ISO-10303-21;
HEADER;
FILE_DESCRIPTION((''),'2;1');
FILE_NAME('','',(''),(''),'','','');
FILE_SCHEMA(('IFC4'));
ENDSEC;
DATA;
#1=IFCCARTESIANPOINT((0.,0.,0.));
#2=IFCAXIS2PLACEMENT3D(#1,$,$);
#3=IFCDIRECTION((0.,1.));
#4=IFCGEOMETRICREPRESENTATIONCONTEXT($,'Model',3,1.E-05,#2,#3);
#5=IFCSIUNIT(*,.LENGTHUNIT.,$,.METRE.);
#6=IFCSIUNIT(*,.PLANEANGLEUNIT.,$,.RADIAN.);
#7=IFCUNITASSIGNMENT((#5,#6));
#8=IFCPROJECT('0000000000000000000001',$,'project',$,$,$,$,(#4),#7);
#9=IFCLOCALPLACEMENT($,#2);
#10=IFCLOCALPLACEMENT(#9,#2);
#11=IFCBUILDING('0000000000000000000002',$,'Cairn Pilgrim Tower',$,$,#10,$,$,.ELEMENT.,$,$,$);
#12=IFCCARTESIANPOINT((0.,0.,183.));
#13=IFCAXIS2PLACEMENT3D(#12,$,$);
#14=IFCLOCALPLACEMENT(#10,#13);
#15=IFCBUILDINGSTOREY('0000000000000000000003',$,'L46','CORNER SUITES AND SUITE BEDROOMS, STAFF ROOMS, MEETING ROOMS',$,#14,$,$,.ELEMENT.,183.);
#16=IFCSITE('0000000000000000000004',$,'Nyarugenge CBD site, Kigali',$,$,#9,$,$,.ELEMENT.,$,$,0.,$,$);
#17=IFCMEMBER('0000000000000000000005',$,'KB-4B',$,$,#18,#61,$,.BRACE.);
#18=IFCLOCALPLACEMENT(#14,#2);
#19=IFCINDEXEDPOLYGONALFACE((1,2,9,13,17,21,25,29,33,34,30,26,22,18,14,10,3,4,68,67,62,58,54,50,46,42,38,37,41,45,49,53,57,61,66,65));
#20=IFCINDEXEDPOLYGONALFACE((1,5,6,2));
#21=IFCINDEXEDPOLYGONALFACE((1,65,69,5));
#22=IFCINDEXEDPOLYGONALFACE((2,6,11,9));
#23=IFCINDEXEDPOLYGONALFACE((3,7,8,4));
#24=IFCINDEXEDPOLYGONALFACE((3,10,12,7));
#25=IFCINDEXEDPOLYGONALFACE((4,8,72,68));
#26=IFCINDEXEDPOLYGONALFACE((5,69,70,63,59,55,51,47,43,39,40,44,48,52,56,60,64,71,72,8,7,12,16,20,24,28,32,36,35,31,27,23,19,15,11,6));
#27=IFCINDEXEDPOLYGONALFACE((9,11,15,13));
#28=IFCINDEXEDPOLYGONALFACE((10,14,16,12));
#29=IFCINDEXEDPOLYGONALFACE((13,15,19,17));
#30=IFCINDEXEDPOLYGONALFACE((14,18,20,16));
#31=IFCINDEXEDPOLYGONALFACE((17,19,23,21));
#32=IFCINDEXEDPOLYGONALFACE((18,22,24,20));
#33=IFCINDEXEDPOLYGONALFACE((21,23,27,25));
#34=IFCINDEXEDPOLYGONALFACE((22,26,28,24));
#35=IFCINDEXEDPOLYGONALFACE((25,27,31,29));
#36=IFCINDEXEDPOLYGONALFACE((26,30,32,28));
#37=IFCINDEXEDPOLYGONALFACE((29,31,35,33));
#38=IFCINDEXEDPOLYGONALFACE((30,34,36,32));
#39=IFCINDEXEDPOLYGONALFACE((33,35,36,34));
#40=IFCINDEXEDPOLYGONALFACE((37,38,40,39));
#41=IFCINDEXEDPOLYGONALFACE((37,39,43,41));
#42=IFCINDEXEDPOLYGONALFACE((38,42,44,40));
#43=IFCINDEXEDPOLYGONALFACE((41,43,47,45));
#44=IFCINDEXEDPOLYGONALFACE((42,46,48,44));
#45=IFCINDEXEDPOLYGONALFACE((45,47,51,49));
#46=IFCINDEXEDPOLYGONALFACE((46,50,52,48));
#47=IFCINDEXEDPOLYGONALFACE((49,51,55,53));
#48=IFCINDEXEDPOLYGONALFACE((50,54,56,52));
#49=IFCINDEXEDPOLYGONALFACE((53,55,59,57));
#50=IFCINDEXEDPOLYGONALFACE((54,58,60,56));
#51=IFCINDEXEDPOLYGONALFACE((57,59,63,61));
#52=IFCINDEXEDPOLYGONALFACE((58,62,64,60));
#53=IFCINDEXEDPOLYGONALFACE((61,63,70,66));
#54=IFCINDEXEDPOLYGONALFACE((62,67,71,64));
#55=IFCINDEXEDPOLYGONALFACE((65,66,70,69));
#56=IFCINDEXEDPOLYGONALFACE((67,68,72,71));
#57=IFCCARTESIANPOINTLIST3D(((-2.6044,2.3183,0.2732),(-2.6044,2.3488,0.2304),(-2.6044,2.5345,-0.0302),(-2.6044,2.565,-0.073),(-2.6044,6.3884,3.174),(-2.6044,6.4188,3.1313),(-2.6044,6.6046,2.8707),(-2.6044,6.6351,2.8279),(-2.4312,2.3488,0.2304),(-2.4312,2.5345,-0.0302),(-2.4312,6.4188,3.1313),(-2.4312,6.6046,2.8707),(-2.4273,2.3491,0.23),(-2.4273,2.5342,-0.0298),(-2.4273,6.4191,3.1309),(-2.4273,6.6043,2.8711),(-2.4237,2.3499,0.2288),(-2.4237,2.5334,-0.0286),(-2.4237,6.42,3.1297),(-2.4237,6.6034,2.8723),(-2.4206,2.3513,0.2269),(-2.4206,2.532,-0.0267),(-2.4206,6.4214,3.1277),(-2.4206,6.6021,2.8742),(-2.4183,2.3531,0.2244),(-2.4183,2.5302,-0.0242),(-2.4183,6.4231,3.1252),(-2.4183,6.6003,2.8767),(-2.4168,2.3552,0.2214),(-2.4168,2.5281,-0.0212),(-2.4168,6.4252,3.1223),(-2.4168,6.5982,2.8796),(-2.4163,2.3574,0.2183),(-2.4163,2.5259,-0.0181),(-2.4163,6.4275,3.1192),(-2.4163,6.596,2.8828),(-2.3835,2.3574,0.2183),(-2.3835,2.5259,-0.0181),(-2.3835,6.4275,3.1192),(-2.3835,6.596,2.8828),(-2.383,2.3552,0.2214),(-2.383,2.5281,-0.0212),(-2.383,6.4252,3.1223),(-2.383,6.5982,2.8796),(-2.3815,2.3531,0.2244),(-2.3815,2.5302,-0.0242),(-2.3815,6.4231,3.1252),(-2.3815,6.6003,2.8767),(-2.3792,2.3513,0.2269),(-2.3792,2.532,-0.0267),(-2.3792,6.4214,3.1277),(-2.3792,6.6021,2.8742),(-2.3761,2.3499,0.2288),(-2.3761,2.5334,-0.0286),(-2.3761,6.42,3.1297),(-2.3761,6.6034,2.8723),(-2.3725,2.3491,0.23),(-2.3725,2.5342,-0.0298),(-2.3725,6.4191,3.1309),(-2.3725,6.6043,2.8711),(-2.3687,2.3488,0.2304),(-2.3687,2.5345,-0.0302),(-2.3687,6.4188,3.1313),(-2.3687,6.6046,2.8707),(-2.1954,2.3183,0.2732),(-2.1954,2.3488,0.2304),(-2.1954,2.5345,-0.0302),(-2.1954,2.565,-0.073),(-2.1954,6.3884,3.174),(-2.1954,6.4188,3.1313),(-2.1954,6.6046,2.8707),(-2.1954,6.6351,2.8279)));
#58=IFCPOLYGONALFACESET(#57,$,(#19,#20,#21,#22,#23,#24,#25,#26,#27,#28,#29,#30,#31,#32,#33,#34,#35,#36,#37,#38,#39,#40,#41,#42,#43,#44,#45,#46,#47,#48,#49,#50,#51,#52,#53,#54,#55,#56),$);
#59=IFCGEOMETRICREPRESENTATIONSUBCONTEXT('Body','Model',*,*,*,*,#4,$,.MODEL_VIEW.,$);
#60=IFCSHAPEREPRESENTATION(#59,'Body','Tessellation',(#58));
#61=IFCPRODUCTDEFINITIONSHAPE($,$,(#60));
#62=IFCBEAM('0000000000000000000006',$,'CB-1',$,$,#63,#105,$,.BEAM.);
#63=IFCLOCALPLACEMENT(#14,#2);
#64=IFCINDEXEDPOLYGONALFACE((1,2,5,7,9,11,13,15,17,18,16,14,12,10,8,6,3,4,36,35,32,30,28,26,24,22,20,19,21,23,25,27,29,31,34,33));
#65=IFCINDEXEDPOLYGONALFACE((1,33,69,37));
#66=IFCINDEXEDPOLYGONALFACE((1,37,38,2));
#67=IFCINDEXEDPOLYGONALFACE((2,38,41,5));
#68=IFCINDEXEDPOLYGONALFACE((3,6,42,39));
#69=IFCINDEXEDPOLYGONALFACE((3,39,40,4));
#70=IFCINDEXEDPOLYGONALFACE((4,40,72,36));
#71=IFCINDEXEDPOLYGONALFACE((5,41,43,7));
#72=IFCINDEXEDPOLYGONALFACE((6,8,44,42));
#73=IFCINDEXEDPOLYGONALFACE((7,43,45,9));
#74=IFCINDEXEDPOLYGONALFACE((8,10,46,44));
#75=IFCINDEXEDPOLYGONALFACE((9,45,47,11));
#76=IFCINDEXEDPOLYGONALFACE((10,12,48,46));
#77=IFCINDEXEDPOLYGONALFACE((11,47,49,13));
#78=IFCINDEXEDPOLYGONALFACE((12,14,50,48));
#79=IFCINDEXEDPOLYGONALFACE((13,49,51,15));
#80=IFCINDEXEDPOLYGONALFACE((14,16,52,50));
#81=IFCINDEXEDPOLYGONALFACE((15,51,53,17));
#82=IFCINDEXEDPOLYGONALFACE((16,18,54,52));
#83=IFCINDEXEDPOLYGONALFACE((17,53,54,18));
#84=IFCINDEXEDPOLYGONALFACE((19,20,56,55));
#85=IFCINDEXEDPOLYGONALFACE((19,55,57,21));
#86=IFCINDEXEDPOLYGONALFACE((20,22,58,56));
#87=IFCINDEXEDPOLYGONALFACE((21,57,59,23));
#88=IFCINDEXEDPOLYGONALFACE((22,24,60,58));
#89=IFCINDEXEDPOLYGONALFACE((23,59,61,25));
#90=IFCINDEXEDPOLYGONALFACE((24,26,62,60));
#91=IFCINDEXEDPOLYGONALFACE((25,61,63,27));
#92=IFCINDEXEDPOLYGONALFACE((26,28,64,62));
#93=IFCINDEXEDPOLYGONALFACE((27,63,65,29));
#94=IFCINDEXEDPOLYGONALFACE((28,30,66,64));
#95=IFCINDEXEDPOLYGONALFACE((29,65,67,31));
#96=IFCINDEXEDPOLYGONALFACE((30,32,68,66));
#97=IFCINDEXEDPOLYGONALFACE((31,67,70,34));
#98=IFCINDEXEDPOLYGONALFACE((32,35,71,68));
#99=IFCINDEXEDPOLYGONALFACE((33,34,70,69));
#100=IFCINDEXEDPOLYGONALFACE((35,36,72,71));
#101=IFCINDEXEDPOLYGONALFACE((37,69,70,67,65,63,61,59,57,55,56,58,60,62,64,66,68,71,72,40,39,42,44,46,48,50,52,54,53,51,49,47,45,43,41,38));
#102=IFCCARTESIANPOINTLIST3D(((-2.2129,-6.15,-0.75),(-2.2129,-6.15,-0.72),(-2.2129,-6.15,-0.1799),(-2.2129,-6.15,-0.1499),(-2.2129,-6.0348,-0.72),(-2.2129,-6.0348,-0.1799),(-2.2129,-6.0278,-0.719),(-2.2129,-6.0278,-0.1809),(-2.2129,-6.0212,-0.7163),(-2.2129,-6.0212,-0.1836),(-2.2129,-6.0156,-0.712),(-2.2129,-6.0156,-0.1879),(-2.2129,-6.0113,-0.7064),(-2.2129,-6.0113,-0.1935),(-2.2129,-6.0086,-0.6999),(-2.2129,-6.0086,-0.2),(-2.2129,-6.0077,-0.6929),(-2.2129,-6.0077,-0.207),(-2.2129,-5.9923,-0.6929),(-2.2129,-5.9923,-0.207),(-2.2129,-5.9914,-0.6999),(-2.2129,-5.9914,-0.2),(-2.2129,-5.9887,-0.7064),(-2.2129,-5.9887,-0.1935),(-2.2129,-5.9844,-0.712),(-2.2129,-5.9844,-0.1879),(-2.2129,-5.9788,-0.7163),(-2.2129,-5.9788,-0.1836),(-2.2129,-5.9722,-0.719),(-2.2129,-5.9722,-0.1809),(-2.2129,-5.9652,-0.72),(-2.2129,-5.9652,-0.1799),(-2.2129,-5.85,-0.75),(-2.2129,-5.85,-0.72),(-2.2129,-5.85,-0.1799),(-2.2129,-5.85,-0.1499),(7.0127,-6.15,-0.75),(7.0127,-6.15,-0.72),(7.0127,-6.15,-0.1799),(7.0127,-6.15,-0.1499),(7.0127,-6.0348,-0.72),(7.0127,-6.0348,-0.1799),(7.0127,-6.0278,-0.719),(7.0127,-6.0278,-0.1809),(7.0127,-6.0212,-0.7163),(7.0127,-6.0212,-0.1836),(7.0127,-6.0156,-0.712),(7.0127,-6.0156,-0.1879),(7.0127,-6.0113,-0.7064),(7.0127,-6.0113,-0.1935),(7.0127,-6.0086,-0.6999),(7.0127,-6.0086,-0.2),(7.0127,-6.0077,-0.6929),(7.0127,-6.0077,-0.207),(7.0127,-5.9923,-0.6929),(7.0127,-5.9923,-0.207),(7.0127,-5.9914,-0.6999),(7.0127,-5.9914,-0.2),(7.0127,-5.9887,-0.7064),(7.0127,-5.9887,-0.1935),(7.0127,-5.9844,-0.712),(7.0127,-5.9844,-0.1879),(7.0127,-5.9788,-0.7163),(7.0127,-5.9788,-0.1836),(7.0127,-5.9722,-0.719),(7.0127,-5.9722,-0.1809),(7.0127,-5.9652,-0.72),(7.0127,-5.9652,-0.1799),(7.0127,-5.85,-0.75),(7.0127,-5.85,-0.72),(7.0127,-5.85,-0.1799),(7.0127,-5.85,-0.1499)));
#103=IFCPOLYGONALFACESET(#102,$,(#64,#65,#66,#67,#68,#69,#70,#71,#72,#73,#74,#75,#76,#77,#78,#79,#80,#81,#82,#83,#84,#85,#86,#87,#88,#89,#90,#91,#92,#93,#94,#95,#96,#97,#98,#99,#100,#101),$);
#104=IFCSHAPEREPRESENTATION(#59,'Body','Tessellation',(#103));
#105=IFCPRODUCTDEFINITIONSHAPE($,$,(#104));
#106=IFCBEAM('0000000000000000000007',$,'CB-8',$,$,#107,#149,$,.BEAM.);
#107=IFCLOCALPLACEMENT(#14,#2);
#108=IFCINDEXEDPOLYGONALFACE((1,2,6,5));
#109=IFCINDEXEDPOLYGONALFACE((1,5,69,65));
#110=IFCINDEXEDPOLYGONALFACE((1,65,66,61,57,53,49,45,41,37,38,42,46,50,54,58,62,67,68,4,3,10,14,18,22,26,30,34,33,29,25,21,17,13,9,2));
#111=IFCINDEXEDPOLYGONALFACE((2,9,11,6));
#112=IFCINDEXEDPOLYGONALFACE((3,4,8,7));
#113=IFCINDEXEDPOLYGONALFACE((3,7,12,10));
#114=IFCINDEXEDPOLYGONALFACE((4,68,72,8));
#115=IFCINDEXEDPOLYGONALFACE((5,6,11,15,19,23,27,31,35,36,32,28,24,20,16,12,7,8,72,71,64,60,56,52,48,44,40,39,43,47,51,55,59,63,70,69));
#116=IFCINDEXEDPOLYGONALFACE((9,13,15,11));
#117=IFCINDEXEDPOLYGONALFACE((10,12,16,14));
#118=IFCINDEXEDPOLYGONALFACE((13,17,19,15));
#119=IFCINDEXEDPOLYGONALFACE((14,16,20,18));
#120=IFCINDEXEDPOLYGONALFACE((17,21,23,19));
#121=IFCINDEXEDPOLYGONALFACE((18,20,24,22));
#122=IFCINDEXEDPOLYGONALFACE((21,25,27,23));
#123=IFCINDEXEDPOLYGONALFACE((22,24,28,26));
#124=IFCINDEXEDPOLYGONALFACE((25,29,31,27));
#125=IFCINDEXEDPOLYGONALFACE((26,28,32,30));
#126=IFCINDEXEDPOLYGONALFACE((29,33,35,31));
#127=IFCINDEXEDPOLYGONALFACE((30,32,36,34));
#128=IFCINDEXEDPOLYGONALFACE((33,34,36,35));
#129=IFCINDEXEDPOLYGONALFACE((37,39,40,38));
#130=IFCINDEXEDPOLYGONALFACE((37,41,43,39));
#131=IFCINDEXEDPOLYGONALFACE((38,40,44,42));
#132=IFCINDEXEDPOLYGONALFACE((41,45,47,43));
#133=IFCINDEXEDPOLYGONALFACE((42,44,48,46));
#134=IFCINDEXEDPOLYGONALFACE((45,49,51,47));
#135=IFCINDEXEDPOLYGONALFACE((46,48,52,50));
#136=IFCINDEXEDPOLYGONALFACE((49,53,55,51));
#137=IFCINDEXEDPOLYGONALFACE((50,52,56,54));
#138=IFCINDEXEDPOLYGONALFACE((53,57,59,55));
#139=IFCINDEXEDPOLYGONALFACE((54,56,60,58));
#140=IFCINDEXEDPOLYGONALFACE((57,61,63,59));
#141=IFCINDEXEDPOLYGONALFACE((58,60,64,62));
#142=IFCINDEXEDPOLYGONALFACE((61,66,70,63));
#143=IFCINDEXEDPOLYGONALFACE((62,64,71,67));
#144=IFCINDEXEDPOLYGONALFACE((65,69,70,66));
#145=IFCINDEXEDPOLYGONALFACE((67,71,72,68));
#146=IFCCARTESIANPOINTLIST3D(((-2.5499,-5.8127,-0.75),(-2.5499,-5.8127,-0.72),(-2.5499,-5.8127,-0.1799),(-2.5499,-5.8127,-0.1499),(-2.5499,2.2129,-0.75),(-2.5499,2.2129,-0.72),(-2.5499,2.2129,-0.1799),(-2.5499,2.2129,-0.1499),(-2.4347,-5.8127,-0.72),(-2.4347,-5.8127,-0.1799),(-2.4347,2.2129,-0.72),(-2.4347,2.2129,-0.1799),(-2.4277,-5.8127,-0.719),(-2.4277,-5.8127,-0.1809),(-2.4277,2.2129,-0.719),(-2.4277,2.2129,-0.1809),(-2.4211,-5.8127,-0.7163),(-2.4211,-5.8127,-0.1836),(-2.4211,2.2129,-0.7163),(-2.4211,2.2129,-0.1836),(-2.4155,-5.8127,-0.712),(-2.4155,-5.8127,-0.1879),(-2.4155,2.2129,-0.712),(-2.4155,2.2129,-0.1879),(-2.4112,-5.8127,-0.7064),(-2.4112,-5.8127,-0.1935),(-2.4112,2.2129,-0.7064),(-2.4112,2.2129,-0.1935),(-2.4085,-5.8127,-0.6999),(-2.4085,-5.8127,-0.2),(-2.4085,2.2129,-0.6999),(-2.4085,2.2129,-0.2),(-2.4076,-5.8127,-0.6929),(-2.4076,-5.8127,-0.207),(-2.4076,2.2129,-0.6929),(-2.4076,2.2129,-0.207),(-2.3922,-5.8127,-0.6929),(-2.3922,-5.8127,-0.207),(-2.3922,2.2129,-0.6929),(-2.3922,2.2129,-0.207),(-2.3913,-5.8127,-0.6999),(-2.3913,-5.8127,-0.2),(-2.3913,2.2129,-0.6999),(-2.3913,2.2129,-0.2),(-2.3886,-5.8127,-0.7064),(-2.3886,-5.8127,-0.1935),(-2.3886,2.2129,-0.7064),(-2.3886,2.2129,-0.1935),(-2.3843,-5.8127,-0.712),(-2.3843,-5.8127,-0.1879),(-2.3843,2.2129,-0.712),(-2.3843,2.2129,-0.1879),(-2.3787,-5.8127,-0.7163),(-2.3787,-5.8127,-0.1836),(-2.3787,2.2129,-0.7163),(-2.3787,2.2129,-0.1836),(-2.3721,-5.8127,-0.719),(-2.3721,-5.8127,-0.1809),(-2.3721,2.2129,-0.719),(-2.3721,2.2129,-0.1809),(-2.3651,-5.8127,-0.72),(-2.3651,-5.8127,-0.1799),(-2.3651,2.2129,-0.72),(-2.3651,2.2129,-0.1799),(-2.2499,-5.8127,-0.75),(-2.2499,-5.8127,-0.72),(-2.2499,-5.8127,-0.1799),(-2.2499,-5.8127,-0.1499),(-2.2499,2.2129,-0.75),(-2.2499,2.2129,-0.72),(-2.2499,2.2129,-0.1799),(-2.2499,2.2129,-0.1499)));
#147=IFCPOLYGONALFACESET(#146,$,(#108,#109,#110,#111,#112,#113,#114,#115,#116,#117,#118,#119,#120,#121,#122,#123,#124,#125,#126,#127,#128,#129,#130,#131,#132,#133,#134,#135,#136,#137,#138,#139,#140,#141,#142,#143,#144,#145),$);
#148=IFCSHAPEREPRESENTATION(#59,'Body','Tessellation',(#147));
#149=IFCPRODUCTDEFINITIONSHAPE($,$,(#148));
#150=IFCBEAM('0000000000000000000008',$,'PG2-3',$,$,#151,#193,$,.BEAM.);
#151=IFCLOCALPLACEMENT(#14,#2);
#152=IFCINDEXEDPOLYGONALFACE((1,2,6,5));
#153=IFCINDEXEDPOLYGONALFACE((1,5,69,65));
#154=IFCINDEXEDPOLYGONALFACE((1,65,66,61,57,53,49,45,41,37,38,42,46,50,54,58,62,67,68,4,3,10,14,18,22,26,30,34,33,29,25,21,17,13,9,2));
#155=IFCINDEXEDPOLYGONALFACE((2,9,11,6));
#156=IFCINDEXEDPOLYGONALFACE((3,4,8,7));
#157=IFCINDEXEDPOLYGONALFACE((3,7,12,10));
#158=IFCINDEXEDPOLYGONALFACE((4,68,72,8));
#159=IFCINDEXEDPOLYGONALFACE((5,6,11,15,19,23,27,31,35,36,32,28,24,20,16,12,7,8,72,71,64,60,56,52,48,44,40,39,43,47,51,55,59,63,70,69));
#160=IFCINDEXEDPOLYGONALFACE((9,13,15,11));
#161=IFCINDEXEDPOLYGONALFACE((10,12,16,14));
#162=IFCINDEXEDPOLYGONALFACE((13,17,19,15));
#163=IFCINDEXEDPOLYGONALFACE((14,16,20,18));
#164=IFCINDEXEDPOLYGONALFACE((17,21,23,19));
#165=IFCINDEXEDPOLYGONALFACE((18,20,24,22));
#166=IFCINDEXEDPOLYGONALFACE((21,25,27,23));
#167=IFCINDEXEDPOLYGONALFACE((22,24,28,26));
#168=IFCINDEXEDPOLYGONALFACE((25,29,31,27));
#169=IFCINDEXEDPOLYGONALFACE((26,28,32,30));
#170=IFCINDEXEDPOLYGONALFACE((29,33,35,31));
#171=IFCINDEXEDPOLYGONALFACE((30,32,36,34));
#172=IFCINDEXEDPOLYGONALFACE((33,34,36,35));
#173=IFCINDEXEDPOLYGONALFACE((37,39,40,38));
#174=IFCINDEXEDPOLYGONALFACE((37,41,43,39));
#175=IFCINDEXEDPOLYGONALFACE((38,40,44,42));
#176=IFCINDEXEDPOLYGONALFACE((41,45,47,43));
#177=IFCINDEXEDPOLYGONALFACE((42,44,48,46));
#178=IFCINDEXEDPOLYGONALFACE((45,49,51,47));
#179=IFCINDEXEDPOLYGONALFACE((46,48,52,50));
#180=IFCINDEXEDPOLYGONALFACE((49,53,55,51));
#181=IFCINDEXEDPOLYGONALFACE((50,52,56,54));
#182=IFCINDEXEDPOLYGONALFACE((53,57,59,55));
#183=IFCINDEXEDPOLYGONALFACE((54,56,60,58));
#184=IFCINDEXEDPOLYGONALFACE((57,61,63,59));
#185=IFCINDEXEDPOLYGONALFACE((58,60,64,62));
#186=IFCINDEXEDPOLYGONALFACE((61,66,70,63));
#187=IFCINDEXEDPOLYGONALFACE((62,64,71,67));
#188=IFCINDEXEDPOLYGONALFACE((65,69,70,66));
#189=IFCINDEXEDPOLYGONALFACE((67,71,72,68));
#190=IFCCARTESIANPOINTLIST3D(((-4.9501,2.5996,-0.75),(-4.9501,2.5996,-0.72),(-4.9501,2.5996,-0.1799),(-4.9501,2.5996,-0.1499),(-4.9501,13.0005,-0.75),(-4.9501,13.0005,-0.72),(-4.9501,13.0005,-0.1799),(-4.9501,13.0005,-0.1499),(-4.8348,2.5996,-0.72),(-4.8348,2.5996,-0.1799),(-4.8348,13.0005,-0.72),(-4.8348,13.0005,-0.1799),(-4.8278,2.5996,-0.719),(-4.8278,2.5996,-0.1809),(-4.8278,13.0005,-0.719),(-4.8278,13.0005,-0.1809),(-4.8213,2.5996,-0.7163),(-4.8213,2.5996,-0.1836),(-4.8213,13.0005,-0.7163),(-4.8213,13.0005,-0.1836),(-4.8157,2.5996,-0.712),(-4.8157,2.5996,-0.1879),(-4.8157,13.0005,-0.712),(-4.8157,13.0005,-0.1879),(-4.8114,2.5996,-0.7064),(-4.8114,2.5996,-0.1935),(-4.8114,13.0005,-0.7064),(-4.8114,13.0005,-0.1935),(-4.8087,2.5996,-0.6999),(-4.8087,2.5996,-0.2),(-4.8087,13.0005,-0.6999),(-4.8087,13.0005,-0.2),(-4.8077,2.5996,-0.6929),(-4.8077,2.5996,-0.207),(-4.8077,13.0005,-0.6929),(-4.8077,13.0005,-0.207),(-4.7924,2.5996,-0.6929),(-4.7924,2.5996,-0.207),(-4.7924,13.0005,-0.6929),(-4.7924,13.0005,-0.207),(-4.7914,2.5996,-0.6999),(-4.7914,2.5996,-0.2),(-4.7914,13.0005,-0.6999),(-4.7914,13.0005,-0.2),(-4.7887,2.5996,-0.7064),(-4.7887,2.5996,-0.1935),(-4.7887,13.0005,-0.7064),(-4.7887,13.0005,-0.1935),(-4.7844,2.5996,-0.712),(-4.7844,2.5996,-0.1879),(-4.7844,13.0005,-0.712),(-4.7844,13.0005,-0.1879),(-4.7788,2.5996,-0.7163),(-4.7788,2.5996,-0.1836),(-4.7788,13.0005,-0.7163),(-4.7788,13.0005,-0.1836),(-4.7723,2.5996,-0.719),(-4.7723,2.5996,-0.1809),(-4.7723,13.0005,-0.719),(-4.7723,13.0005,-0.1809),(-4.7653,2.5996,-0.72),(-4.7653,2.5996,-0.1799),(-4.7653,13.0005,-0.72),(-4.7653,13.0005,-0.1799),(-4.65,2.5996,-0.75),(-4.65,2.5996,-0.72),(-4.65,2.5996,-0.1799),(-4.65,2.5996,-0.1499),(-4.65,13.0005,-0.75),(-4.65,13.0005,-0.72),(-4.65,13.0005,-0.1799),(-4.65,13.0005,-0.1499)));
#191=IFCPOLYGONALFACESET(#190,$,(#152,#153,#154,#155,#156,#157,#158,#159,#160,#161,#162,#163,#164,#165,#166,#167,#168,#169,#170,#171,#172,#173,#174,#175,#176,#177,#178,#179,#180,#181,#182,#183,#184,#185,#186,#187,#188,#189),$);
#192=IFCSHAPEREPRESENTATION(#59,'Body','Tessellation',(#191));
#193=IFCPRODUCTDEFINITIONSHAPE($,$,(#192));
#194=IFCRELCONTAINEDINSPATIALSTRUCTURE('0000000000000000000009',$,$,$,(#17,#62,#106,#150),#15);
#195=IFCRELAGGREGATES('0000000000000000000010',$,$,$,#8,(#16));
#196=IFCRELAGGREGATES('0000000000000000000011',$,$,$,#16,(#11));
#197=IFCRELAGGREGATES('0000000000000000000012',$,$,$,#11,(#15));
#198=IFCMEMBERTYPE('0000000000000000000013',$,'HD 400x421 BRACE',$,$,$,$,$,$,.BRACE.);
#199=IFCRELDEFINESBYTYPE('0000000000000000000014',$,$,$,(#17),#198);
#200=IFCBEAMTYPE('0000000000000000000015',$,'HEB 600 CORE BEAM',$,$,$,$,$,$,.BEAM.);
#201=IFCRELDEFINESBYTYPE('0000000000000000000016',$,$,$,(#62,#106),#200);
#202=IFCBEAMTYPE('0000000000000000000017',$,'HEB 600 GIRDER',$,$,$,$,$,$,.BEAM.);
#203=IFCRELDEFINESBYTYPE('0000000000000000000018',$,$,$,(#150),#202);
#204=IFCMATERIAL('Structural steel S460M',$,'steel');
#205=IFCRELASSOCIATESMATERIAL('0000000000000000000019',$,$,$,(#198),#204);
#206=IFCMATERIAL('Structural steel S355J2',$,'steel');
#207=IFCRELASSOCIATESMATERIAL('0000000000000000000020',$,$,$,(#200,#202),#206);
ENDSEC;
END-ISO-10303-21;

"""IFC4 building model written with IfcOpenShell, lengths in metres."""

from ifc_helpers import new_model, si_unit, direction, frame, origin, origin_2d, place, context, subcontext, project, spatial, i_section, extrude, material, material_profile, profile_set, type_object, element, save


model = new_model("IFC4")

# Units and contexts
model_context = context("Model", 3, precision=1e-05, world=origin(), true_north=direction((0.0, 1.0)))
body_context = subcontext(model_context, "Body", "Model", "MODEL_VIEW")
ifc_project = project(units=[si_unit("LENGTHUNIT", "METRE"), si_unit("PLANEANGLEUNIT", "RADIAN")], contexts=[model_context])

# Site, building, storey
site_placement = place(None, origin())
site = spatial("IfcSite", under=ifc_project, at=site_placement, Name="Nyarugenge CBD site, Kigali", CompositionType="ELEMENT", RefElevation=0.0)
building_placement = place(site_placement, origin())
building = spatial("IfcBuilding", under=site, at=building_placement, Name="Cairn Pilgrim Tower", CompositionType="ELEMENT")
storey_placement = place(building_placement, frame((0.0, 0.0, 183.0)))
storey = spatial("IfcBuildingStorey", under=building, at=storey_placement, Name="L46", Description="CORNER SUITES AND SUITE BEDROOMS, STAFF ROOMS, MEETING ROOMS", CompositionType="ELEMENT", Elevation=183.0)

# Shared definitions
ifc_material_1 = material(Name="Structural steel S355J2", Category="steel")
ifc_material_2 = material(Name="Structural steel S460M", Category="steel")

# Member
ifc_material_profile_1 = material_profile(ifc_material_2, i_section(OverallWidth=0.4089, OverallDepth=0.425, WebThickness=0.0327, FlangeThickness=0.0525, FilletRadius=0.0149, at=origin_2d()), Name="HD 400x421")
ifc_profile_set_1 = profile_set([ifc_material_profile_1], Name="Structural steel S460M")
member_type = type_object("IfcMemberType", Name="HD 400x421 BRACE", PredefinedType="BRACE", material=ifc_profile_set_1)
member_1_placement = place(storey_placement, frame((-2.3999, 2.4417, 0.1001), z_axis=(0.0, 0.81433, 0.580402), x_axis=(-1.0, 0.0, 0.0)))
element("IfcMember", 1, at=member_1_placement, inside=storey, type_object=member_type, Name="KB-4B", PredefinedType="BRACE", context=body_context, shape_type="SweptSolid", body=[
    extrude(i_section(OverallWidth=0.4089, OverallDepth=0.425, WebThickness=0.0327, FlangeThickness=0.0525, FilletRadius=0.0149, at=origin_2d()), origin(), (0.0, 0.0, 1.0), 4.998),
])

# Beams
ifc_material_profile_2 = material_profile(ifc_material_1, i_section(OverallWidth=0.3, OverallDepth=0.6001, WebThickness=0.0154, FlangeThickness=0.03, FilletRadius=0.0271, at=origin_2d()), Name="HEB 600")
ifc_profile_set_2 = profile_set([ifc_material_profile_2], Name="Structural steel S355J2")
beam_type_1 = type_object("IfcBeamType", Name="HEB 600 CORE BEAM", PredefinedType="BEAM", material=ifc_profile_set_2)
beam_1_placement = place(storey_placement, frame((-2.2129, -6.0, -0.45), z_axis=(1.0, 0.0, 0.0), x_axis=(0.0, 1.0, 0.0)))
element("IfcBeam", 2, at=beam_1_placement, inside=storey, type_object=beam_type_1, Name="CB-1", PredefinedType="BEAM", context=body_context, shape_type="SweptSolid", body=[
    extrude(i_section(OverallWidth=0.3, OverallDepth=0.6001, WebThickness=0.0154, FlangeThickness=0.03, FilletRadius=0.0271, at=origin_2d()), origin(), (0.0, 0.0, 1.0), 9.2256),
])
beam_2_placement = place(storey_placement, frame((-2.3999, 2.2129, -0.45), z_axis=(0.0, -1.0, 0.0), x_axis=(1.0, 0.0, 0.0)))
element("IfcBeam", 3, at=beam_2_placement, inside=storey, type_object=beam_type_1, Name="CB-8", PredefinedType="BEAM", context=body_context, shape_type="SweptSolid", body=[
    extrude(i_section(OverallWidth=0.3, OverallDepth=0.6001, WebThickness=0.0154, FlangeThickness=0.03, FilletRadius=0.0271, at=origin_2d()), origin(), (0.0, 0.0, 1.0), 8.0256),
])
ifc_material_profile_3 = material_profile(ifc_material_1, i_section(OverallWidth=0.3, OverallDepth=0.6001, WebThickness=0.0154, FlangeThickness=0.03, FilletRadius=0.0271, at=origin_2d()), Name="HEB 600")
ifc_profile_set_3 = profile_set([ifc_material_profile_3], Name="Structural steel S355J2")
beam_type_2 = type_object("IfcBeamType", Name="HEB 600 GIRDER", PredefinedType="BEAM", material=ifc_profile_set_3)
beam_3_placement = place(storey_placement, frame((-4.8, 2.5996, -0.45), z_axis=(0.0, 1.0, 0.0), x_axis=(-1.0, 0.0, 0.0)))
element("IfcBeam", 4, at=beam_3_placement, inside=storey, type_object=beam_type_2, Name="PG2-3", PredefinedType="BEAM", context=body_context, shape_type="SweptSolid", body=[
    extrude(i_section(OverallWidth=0.3, OverallDepth=0.6001, WebThickness=0.0154, FlangeThickness=0.03, FilletRadius=0.0271, at=origin_2d()), origin(), (0.0, 0.0, 1.0), 10.4009),
])

save(model, "model.ifc")
